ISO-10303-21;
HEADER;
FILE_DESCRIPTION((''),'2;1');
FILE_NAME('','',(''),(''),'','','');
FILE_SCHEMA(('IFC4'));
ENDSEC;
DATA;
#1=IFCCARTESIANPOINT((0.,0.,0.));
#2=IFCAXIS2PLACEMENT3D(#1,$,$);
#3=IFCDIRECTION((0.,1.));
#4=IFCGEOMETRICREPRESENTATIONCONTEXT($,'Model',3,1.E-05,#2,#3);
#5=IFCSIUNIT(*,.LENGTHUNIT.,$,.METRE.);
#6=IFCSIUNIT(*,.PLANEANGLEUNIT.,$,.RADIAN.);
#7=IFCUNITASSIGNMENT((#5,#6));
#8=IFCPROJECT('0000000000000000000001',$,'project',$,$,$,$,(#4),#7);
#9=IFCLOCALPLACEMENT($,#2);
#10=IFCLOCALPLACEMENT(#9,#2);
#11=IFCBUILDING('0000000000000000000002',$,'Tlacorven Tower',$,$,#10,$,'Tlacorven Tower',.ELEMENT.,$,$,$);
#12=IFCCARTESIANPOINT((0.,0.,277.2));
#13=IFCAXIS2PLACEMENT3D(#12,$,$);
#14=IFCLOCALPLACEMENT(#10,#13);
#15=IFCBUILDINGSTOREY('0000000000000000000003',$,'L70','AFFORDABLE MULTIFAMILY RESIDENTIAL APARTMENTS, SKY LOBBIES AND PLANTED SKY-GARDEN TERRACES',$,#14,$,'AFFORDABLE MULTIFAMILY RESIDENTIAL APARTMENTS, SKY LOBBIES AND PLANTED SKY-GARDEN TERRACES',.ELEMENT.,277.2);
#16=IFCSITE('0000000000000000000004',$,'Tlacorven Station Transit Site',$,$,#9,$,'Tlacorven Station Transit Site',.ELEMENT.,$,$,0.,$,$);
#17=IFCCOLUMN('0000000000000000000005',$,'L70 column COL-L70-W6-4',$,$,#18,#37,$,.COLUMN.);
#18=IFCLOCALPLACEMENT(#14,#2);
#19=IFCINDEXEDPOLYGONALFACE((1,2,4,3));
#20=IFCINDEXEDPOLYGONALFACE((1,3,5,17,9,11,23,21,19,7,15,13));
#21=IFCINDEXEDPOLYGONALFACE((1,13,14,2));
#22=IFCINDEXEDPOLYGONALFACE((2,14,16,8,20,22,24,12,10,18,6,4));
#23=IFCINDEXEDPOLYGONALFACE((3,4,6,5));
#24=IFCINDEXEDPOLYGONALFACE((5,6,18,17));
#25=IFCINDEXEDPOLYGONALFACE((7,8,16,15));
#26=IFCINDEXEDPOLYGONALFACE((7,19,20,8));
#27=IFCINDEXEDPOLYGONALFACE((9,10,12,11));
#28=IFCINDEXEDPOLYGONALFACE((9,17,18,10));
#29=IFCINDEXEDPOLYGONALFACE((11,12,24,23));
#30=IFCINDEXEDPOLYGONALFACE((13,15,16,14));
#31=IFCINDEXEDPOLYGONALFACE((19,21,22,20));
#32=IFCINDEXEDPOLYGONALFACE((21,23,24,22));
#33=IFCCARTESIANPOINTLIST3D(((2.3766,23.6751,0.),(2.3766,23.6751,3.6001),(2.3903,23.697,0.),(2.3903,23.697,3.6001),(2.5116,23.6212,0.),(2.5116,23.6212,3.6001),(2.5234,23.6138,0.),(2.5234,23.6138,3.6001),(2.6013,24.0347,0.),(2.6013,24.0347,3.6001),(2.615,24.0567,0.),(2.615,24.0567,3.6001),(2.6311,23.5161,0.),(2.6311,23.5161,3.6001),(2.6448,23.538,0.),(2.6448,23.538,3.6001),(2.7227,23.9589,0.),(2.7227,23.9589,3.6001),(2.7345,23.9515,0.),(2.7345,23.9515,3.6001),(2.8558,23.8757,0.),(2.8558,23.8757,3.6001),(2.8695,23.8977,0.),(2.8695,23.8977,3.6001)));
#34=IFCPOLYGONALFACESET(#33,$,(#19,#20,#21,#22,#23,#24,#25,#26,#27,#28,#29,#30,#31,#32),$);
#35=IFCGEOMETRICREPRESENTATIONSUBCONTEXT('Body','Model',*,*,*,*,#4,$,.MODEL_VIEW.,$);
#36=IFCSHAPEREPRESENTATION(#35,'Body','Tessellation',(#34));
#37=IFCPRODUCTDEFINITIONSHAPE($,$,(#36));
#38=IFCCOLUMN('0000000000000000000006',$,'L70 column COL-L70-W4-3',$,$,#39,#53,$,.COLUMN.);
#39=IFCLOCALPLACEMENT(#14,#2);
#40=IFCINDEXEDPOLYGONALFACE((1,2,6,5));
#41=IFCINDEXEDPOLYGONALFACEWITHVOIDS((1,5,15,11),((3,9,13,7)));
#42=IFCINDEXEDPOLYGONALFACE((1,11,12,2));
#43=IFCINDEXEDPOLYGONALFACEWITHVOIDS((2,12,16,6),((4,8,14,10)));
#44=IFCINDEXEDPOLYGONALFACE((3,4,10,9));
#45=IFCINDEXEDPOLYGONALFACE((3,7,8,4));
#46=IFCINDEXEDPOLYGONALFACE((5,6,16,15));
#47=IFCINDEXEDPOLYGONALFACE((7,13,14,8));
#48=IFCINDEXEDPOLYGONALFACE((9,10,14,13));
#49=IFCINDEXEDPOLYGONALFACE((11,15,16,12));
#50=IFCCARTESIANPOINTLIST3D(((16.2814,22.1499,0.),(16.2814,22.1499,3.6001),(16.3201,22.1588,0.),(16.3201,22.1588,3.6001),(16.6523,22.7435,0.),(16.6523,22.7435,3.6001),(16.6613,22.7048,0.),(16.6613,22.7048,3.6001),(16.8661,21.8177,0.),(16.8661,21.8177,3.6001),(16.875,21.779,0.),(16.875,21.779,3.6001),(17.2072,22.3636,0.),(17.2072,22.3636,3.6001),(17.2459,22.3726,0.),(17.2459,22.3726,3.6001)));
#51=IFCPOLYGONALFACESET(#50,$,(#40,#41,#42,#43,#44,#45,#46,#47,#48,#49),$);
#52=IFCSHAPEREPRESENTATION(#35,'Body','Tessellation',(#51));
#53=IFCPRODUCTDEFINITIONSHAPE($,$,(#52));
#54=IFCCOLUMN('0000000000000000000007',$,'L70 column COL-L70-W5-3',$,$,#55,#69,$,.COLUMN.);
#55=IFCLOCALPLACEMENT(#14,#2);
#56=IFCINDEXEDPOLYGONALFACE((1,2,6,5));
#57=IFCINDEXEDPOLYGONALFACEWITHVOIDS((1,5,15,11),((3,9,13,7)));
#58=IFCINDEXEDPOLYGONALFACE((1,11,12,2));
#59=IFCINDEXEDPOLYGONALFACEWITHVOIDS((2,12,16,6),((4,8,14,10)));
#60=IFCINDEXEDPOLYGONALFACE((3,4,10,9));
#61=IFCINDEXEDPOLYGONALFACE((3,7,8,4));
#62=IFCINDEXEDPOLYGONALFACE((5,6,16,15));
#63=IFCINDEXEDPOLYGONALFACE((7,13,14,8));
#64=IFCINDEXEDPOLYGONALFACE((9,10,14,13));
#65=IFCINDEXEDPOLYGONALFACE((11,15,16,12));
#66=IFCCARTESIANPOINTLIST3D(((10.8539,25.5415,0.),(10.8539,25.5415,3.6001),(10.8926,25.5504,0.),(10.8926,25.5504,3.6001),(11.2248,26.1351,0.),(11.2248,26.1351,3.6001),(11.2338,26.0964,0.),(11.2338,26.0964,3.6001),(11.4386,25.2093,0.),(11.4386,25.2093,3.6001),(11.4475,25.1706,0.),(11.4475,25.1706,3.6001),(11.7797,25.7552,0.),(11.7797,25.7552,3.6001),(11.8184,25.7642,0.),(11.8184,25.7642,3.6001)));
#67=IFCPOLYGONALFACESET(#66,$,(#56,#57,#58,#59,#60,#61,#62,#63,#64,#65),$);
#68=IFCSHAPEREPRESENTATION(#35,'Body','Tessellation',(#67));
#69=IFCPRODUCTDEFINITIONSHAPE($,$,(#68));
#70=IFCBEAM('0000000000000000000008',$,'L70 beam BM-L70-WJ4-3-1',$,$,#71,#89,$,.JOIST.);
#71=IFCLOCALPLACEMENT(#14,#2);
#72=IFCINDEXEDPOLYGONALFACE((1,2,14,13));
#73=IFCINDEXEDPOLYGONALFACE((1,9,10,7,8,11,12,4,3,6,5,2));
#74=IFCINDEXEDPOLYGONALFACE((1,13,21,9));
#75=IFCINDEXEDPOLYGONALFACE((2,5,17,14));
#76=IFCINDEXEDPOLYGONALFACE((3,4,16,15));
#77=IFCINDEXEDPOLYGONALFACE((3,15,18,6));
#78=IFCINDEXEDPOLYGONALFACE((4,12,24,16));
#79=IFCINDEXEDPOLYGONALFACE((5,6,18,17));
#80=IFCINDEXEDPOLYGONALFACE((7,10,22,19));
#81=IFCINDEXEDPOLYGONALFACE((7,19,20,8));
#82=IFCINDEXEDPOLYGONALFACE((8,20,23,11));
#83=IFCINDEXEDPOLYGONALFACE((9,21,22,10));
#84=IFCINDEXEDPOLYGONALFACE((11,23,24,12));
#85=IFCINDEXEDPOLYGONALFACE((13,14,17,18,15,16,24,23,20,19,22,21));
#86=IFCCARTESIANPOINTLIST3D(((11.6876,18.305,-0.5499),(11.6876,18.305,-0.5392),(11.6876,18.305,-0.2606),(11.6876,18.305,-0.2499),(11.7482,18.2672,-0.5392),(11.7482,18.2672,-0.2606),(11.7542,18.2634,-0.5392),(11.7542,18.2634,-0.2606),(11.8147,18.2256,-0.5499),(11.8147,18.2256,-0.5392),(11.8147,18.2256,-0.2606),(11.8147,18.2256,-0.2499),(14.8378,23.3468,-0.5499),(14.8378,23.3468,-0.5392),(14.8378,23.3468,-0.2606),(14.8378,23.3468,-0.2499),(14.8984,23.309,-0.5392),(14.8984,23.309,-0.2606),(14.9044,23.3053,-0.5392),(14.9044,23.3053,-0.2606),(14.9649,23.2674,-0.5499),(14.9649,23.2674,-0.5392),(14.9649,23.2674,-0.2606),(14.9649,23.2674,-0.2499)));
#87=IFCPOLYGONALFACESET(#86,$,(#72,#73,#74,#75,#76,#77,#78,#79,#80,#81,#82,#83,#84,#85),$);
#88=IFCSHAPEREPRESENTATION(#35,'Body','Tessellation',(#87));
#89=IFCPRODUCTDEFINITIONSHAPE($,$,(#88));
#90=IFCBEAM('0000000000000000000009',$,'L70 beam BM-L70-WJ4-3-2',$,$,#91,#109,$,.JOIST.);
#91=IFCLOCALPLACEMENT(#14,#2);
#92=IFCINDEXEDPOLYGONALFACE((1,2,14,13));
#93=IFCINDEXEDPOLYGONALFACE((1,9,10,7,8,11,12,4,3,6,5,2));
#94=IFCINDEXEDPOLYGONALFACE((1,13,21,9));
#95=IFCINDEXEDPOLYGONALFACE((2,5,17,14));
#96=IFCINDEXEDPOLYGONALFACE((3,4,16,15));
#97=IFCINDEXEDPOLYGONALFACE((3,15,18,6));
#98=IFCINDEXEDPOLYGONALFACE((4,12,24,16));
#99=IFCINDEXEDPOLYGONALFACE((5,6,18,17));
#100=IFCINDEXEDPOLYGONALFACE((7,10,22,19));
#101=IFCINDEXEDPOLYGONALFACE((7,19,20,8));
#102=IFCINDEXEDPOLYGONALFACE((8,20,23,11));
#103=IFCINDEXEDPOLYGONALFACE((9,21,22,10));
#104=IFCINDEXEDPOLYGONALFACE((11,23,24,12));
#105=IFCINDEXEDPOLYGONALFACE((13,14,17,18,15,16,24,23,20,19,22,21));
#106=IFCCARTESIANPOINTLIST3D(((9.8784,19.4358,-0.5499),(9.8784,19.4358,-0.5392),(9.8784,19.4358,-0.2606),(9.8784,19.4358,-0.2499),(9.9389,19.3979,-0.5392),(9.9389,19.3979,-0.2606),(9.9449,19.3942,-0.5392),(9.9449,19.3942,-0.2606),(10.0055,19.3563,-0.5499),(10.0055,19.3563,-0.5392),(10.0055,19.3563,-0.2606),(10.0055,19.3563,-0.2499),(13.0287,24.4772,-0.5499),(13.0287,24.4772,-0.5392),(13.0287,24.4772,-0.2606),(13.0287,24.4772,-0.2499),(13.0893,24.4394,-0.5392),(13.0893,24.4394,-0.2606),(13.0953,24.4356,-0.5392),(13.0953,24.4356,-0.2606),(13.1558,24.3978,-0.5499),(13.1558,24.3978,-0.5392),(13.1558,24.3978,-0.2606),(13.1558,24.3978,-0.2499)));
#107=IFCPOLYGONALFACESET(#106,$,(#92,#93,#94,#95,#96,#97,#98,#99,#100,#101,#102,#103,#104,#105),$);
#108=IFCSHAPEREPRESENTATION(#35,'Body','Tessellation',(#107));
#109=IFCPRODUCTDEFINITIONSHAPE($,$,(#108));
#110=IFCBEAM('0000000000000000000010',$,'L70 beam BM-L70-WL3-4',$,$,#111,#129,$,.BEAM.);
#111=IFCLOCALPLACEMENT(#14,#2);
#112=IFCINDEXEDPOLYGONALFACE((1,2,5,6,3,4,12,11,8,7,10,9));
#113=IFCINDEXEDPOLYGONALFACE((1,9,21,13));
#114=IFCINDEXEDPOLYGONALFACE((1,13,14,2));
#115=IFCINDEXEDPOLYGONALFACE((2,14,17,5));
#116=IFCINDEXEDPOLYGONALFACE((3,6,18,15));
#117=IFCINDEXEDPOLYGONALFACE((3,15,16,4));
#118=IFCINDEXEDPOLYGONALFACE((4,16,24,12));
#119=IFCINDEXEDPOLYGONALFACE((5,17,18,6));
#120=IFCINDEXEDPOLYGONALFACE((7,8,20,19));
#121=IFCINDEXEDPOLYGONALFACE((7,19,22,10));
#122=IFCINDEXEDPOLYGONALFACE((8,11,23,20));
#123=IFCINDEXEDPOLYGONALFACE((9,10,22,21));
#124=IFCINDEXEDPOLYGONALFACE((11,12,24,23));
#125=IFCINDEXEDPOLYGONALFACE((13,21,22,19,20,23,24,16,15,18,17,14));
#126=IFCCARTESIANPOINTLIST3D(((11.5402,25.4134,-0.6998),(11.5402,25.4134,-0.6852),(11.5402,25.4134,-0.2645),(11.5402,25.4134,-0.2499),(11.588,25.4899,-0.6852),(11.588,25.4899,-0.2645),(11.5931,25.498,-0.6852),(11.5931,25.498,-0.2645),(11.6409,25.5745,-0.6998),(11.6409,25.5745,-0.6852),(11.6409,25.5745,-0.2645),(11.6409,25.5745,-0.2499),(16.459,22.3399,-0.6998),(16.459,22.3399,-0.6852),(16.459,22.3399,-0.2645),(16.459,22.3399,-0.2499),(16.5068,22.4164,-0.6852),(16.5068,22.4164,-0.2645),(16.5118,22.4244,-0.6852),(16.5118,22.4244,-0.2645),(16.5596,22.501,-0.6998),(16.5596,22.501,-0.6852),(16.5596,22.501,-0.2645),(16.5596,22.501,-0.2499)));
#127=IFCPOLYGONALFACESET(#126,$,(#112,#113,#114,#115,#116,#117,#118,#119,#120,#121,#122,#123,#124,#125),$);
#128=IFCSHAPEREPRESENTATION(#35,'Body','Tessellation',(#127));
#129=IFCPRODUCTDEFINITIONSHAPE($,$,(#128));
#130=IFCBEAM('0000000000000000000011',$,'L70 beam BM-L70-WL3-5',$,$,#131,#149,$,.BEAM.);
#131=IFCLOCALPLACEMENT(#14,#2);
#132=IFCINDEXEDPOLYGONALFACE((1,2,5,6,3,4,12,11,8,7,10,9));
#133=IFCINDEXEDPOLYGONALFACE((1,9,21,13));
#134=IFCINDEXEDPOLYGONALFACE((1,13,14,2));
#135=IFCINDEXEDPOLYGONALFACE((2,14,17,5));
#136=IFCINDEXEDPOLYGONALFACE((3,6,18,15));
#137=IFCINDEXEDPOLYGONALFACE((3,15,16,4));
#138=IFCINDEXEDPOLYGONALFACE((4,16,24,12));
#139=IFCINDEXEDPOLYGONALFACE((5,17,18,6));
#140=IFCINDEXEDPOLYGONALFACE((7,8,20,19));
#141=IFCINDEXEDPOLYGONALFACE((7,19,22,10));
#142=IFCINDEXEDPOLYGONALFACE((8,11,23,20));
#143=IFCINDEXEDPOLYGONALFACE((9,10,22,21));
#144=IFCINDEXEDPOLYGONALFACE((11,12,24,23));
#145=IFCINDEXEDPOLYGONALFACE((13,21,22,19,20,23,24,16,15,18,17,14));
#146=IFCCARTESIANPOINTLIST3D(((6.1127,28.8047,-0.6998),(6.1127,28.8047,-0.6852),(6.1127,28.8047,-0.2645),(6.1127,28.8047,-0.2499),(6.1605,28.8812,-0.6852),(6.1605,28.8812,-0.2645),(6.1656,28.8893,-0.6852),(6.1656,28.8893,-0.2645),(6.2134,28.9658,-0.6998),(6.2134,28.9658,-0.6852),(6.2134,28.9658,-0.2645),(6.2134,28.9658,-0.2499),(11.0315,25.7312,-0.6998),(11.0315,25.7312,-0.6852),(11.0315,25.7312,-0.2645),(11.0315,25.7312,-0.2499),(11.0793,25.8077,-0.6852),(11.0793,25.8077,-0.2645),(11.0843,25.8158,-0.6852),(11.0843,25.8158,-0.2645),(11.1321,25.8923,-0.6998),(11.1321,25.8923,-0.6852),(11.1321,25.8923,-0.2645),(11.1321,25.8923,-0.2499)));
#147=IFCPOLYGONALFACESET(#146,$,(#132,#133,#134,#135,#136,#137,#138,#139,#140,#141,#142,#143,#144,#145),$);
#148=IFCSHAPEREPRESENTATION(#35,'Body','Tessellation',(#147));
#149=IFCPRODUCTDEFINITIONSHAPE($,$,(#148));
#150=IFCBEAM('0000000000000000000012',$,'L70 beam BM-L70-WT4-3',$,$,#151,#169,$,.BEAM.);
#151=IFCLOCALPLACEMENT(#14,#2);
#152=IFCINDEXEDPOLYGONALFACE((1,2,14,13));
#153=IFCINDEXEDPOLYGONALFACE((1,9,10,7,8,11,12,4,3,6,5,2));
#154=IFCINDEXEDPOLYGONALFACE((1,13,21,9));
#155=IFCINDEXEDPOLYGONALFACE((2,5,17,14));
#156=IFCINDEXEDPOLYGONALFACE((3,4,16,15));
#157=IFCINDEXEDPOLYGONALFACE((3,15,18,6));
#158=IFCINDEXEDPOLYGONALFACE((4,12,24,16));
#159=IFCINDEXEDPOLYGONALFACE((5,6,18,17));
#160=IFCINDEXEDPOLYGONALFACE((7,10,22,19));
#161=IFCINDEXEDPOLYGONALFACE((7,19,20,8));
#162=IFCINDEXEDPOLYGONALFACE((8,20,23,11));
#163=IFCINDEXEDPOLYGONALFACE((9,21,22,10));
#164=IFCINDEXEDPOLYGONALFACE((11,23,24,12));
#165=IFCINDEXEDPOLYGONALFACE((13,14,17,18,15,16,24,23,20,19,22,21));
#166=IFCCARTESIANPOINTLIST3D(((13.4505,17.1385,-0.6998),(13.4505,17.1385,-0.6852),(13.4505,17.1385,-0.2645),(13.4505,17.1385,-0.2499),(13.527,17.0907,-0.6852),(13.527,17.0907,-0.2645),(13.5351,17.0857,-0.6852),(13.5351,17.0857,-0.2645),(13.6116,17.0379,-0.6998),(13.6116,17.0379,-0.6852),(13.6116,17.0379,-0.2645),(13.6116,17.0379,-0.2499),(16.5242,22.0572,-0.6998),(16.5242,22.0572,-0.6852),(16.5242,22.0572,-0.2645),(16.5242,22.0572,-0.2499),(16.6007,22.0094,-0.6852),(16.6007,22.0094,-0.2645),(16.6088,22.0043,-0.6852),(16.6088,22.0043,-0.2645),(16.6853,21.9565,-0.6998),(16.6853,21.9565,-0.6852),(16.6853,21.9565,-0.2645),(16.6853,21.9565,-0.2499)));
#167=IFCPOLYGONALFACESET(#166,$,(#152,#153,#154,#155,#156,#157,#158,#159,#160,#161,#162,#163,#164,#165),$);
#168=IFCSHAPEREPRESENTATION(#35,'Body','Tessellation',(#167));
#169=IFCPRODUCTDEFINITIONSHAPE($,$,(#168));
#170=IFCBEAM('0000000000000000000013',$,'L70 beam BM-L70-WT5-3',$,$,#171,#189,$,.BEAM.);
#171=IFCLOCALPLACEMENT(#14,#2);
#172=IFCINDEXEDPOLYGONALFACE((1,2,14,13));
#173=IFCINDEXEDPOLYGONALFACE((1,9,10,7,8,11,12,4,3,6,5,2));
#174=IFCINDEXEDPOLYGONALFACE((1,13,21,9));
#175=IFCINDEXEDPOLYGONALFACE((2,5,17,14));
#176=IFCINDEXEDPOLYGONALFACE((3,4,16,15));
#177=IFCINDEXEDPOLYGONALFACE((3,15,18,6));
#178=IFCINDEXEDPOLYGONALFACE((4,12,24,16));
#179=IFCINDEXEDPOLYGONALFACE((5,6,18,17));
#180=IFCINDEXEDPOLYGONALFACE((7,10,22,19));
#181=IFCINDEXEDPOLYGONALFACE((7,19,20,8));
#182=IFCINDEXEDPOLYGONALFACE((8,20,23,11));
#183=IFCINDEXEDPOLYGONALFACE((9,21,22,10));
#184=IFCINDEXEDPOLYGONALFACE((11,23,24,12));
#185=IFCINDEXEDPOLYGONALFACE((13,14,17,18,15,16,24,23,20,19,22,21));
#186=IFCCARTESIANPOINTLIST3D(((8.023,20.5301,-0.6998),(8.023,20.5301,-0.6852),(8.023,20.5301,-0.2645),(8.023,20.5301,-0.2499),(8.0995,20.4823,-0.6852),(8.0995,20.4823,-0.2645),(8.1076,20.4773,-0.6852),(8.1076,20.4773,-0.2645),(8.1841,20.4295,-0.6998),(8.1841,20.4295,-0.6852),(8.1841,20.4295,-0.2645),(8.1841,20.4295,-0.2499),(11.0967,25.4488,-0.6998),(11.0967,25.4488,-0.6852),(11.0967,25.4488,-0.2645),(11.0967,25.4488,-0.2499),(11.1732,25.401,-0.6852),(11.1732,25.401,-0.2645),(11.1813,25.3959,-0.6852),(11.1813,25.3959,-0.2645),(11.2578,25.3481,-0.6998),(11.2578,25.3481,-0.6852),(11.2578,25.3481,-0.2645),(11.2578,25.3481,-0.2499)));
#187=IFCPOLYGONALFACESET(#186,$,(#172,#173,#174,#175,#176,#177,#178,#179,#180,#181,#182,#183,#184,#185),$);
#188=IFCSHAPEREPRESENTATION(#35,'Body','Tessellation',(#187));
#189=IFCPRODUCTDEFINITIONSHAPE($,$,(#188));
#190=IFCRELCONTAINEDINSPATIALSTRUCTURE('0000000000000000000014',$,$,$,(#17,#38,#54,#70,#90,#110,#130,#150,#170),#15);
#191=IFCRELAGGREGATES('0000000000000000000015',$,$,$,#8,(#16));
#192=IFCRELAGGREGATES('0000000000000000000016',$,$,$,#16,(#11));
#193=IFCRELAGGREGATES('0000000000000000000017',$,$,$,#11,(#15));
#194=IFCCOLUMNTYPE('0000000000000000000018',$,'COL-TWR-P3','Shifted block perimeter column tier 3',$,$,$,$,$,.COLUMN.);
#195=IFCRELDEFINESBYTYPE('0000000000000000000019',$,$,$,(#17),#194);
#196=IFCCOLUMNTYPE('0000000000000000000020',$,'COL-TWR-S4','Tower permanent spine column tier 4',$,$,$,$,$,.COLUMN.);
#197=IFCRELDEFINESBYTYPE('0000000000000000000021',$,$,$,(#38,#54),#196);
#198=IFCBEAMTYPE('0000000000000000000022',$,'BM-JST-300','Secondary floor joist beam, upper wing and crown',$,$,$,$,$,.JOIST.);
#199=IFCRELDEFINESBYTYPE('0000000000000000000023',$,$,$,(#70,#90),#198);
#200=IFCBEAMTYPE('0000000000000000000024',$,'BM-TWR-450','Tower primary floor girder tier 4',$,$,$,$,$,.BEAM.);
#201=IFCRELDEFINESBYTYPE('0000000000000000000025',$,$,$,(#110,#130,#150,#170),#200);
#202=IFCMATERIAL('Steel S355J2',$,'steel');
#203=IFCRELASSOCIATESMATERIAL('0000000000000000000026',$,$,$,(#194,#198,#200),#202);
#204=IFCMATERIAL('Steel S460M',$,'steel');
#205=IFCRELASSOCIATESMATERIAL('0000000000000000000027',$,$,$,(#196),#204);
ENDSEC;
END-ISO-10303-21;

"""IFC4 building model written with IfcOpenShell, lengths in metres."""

from ifc_helpers import new_model, si_unit, direction, frame, origin, origin_2d, place, context, subcontext, project, spatial, hollow_rectangle, i_section, extrude, source, transform, mapped, material, material_profile, profile_set, type_object, element, save


model = new_model("IFC4")

# Units and contexts
model_context = context("Model", 3, precision=1e-05, world=origin(), true_north=direction((0.0, 1.0)))
body_context = subcontext(model_context, "Body", "Model", "MODEL_VIEW")
ifc_project = project(units=[si_unit("LENGTHUNIT", "METRE"), si_unit("PLANEANGLEUNIT", "RADIAN")], contexts=[model_context])

# Site, building, storey
site_placement = place(None, origin())
site = spatial("IfcSite", under=ifc_project, at=site_placement, Name="Tlacorven Station Transit Site", LongName="Tlacorven Station Transit Site", CompositionType="ELEMENT", RefElevation=0.0)
building_placement = place(site_placement, origin())
building = spatial("IfcBuilding", under=site, at=building_placement, Name="Tlacorven Tower", LongName="Tlacorven Tower", CompositionType="ELEMENT")
storey_placement = place(building_placement, frame((0.0, 0.0, 277.2)))
storey = spatial("IfcBuildingStorey", under=building, at=storey_placement, Name="L70", Description="AFFORDABLE MULTIFAMILY RESIDENTIAL APARTMENTS, SKY LOBBIES AND PLANTED SKY-GARDEN TERRACES", LongName="AFFORDABLE MULTIFAMILY RESIDENTIAL APARTMENTS, SKY LOBBIES AND PLANTED SKY-GARDEN TERRACES", CompositionType="ELEMENT", Elevation=277.2)

# Columns
ifc_material_1 = material(Name="Steel S355J2", Category="steel")
ifc_material_profile_1 = material_profile(ifc_material_1, i_section(OverallWidth=0.3, OverallDepth=0.45, WebThickness=0.0139, FlangeThickness=0.0259, at=origin_2d()), Name="HEB 450")
ifc_profile_set_1 = profile_set([ifc_material_profile_1], Name="Steel S355J2")
column_type_1 = type_object("IfcColumnType", Name="COL-TWR-P3", Description="Shifted block perimeter column tier 3", PredefinedType="COLUMN", material=ifc_profile_set_1)
shared_shape_1 = source(origin(), body_context, "Body", "SweptSolid", [
    extrude(i_section(OverallWidth=0.3, OverallDepth=0.45, WebThickness=0.0139, FlangeThickness=0.0259, at=origin_2d()), origin(), (0.0, 0.0, 1.0), 3.6001),
])
column_placement = place(storey_placement, frame((2.623, 23.7864, 0.0), z_axis=(0.0, 0.0, 1.0), x_axis=(-0.848048, 0.529919, 0.0)))
element("IfcColumn", 1, at=column_placement, inside=storey, type_object=column_type_1, Name="L70 column COL-L70-W6-4", PredefinedType="COLUMN", context=body_context, shape_type="MappedRepresentation", body=[
    mapped(shared_shape_1, transform((0.0, 0.0, 0.0), scale=1.0)),
])
ifc_material_2 = material(Name="Steel S460M", Category="steel")
ifc_material_profile_2 = material_profile(ifc_material_2, hollow_rectangle(XDim=0.7, YDim=0.7, WallThickness=0.0281, at=origin_2d()), Name="BOX 700X700X28")
ifc_profile_set_2 = profile_set([ifc_material_profile_2], Name="Steel S460M")
column_type_2 = type_object("IfcColumnType", Name="COL-TWR-S4", Description="Tower permanent spine column tier 4", PredefinedType="COLUMN", material=ifc_profile_set_2)
shared_shape_2 = source(origin(), body_context, "Body", "SweptSolid", [
    extrude(hollow_rectangle(XDim=0.7, YDim=0.7, WallThickness=0.0281, at=origin_2d()), origin(), (0.0, 0.0, 1.0), 3.6001),
])
for number, where, z_axis, x_axis, name in (
    (2, (16.7637, 22.2612, 0.0), (0.0, 0.0, 1.0), (-0.848048, 0.529919, 0.0), "L70 column COL-L70-W4-3"),
    (3, (11.3362, 25.6528, 0.0), (0.0, 0.0, 1.0), (-0.848048, 0.529919, 0.0), "L70 column COL-L70-W5-3"),
):
    element("IfcColumn", number, at=place(storey_placement, frame(where, z_axis=z_axis, x_axis=x_axis)), inside=storey, type_object=column_type_2, Name=name, PredefinedType="COLUMN", context=body_context, shape_type="MappedRepresentation", body=[
        mapped(shared_shape_2, transform((0.0, 0.0, 0.0), scale=1.0)),
    ])

# Beams
ifc_material_profile_3 = material_profile(ifc_material_1, i_section(OverallWidth=0.1499, OverallDepth=0.3, WebThickness=0.0071, FlangeThickness=0.0107, at=origin_2d()), Name="IPE 300")
ifc_profile_set_3 = profile_set([ifc_material_profile_3], Name="Steel S355J2")
beam_type_1 = type_object("IfcBeamType", Name="BM-JST-300", Description="Secondary floor joist beam, upper wing and crown", PredefinedType="JOIST", material=ifc_profile_set_3)
shared_shape_3 = source(origin(), body_context, "Body", "SweptSolid", [
    extrude(i_section(OverallWidth=0.1499, OverallDepth=0.3, WebThickness=0.0071, FlangeThickness=0.0107, at=origin_2d()), origin(), (0.0, 0.0, 1.0), 5.9451),
])
beam_1_placement = place(storey_placement, frame((14.9014, 23.3071, -0.3999), z_axis=(-0.529885, -0.84807, 0.0), x_axis=(0.84807, -0.529885, 0.0)))
element("IfcBeam", 4, at=beam_1_placement, inside=storey, type_object=beam_type_1, Name="L70 beam BM-L70-WJ4-3-1", PredefinedType="JOIST", context=body_context, shape_type="MappedRepresentation", body=[
    mapped(shared_shape_3, transform((0.0, 0.0, 0.0), scale=1.0)),
])
shared_shape_4 = source(origin(), body_context, "Body", "SweptSolid", [
    extrude(i_section(OverallWidth=0.1499, OverallDepth=0.3, WebThickness=0.0071, FlangeThickness=0.0107, at=origin_2d()), origin(), (0.0, 0.0, 1.0), 5.9448),
])
beam_2_placement = place(storey_placement, frame((13.0923, 24.4375, -0.3999), z_axis=(-0.529932, -0.84804, 0.0), x_axis=(0.84804, -0.529932, 0.0)))
element("IfcBeam", 5, at=beam_2_placement, inside=storey, type_object=beam_type_1, Name="L70 beam BM-L70-WJ4-3-2", PredefinedType="JOIST", context=body_context, shape_type="MappedRepresentation", body=[
    mapped(shared_shape_4, transform((0.0, 0.0, 0.0), scale=1.0)),
])
ifc_material_profile_4 = material_profile(ifc_material_1, i_section(OverallWidth=0.1899, OverallDepth=0.45, WebThickness=0.0095, FlangeThickness=0.0146, at=origin_2d()), Name="IPE 450")
ifc_profile_set_4 = profile_set([ifc_material_profile_4], Name="Steel S355J2")
beam_type_2 = type_object("IfcBeamType", Name="BM-TWR-450", Description="Tower primary floor girder tier 4", PredefinedType="BEAM", material=ifc_profile_set_4)
shared_shape_5 = source(origin(), body_context, "Body", "SweptSolid", [
    extrude(i_section(OverallWidth=0.1899, OverallDepth=0.45, WebThickness=0.0095, FlangeThickness=0.0146, at=origin_2d()), origin(), (0.0, 0.0, 1.0), 5.8),
])
for number, where, z_axis, x_axis, name in (
    (6, (16.5093, 22.4204, -0.4749), (-0.848053, 0.529912, 0.0), (-0.529912, -0.848053, 0.0), "L70 beam BM-L70-WL3-4"),
    (7, (11.0818, 25.8118, -0.4749), (-0.848053, 0.529912, 0.0), (-0.529912, -0.848053, 0.0), "L70 beam BM-L70-WL3-5"),
    (8, (16.6047, 22.0068, -0.4749), (-0.529942, -0.848034, 0.0), (0.848034, -0.529942, 0.0), "L70 beam BM-L70-WT4-3"),
    (9, (11.1772, 25.3984, -0.4749), (-0.529942, -0.848034, 0.0), (0.848034, -0.529942, 0.0), "L70 beam BM-L70-WT5-3"),
):
    element("IfcBeam", number, at=place(storey_placement, frame(where, z_axis=z_axis, x_axis=x_axis)), inside=storey, type_object=beam_type_2, Name=name, PredefinedType="BEAM", context=body_context, shape_type="MappedRepresentation", body=[
        mapped(shared_shape_5, transform((0.0, 0.0, 0.0), scale=1.0)),
    ])

save(model, "model.ifc")
